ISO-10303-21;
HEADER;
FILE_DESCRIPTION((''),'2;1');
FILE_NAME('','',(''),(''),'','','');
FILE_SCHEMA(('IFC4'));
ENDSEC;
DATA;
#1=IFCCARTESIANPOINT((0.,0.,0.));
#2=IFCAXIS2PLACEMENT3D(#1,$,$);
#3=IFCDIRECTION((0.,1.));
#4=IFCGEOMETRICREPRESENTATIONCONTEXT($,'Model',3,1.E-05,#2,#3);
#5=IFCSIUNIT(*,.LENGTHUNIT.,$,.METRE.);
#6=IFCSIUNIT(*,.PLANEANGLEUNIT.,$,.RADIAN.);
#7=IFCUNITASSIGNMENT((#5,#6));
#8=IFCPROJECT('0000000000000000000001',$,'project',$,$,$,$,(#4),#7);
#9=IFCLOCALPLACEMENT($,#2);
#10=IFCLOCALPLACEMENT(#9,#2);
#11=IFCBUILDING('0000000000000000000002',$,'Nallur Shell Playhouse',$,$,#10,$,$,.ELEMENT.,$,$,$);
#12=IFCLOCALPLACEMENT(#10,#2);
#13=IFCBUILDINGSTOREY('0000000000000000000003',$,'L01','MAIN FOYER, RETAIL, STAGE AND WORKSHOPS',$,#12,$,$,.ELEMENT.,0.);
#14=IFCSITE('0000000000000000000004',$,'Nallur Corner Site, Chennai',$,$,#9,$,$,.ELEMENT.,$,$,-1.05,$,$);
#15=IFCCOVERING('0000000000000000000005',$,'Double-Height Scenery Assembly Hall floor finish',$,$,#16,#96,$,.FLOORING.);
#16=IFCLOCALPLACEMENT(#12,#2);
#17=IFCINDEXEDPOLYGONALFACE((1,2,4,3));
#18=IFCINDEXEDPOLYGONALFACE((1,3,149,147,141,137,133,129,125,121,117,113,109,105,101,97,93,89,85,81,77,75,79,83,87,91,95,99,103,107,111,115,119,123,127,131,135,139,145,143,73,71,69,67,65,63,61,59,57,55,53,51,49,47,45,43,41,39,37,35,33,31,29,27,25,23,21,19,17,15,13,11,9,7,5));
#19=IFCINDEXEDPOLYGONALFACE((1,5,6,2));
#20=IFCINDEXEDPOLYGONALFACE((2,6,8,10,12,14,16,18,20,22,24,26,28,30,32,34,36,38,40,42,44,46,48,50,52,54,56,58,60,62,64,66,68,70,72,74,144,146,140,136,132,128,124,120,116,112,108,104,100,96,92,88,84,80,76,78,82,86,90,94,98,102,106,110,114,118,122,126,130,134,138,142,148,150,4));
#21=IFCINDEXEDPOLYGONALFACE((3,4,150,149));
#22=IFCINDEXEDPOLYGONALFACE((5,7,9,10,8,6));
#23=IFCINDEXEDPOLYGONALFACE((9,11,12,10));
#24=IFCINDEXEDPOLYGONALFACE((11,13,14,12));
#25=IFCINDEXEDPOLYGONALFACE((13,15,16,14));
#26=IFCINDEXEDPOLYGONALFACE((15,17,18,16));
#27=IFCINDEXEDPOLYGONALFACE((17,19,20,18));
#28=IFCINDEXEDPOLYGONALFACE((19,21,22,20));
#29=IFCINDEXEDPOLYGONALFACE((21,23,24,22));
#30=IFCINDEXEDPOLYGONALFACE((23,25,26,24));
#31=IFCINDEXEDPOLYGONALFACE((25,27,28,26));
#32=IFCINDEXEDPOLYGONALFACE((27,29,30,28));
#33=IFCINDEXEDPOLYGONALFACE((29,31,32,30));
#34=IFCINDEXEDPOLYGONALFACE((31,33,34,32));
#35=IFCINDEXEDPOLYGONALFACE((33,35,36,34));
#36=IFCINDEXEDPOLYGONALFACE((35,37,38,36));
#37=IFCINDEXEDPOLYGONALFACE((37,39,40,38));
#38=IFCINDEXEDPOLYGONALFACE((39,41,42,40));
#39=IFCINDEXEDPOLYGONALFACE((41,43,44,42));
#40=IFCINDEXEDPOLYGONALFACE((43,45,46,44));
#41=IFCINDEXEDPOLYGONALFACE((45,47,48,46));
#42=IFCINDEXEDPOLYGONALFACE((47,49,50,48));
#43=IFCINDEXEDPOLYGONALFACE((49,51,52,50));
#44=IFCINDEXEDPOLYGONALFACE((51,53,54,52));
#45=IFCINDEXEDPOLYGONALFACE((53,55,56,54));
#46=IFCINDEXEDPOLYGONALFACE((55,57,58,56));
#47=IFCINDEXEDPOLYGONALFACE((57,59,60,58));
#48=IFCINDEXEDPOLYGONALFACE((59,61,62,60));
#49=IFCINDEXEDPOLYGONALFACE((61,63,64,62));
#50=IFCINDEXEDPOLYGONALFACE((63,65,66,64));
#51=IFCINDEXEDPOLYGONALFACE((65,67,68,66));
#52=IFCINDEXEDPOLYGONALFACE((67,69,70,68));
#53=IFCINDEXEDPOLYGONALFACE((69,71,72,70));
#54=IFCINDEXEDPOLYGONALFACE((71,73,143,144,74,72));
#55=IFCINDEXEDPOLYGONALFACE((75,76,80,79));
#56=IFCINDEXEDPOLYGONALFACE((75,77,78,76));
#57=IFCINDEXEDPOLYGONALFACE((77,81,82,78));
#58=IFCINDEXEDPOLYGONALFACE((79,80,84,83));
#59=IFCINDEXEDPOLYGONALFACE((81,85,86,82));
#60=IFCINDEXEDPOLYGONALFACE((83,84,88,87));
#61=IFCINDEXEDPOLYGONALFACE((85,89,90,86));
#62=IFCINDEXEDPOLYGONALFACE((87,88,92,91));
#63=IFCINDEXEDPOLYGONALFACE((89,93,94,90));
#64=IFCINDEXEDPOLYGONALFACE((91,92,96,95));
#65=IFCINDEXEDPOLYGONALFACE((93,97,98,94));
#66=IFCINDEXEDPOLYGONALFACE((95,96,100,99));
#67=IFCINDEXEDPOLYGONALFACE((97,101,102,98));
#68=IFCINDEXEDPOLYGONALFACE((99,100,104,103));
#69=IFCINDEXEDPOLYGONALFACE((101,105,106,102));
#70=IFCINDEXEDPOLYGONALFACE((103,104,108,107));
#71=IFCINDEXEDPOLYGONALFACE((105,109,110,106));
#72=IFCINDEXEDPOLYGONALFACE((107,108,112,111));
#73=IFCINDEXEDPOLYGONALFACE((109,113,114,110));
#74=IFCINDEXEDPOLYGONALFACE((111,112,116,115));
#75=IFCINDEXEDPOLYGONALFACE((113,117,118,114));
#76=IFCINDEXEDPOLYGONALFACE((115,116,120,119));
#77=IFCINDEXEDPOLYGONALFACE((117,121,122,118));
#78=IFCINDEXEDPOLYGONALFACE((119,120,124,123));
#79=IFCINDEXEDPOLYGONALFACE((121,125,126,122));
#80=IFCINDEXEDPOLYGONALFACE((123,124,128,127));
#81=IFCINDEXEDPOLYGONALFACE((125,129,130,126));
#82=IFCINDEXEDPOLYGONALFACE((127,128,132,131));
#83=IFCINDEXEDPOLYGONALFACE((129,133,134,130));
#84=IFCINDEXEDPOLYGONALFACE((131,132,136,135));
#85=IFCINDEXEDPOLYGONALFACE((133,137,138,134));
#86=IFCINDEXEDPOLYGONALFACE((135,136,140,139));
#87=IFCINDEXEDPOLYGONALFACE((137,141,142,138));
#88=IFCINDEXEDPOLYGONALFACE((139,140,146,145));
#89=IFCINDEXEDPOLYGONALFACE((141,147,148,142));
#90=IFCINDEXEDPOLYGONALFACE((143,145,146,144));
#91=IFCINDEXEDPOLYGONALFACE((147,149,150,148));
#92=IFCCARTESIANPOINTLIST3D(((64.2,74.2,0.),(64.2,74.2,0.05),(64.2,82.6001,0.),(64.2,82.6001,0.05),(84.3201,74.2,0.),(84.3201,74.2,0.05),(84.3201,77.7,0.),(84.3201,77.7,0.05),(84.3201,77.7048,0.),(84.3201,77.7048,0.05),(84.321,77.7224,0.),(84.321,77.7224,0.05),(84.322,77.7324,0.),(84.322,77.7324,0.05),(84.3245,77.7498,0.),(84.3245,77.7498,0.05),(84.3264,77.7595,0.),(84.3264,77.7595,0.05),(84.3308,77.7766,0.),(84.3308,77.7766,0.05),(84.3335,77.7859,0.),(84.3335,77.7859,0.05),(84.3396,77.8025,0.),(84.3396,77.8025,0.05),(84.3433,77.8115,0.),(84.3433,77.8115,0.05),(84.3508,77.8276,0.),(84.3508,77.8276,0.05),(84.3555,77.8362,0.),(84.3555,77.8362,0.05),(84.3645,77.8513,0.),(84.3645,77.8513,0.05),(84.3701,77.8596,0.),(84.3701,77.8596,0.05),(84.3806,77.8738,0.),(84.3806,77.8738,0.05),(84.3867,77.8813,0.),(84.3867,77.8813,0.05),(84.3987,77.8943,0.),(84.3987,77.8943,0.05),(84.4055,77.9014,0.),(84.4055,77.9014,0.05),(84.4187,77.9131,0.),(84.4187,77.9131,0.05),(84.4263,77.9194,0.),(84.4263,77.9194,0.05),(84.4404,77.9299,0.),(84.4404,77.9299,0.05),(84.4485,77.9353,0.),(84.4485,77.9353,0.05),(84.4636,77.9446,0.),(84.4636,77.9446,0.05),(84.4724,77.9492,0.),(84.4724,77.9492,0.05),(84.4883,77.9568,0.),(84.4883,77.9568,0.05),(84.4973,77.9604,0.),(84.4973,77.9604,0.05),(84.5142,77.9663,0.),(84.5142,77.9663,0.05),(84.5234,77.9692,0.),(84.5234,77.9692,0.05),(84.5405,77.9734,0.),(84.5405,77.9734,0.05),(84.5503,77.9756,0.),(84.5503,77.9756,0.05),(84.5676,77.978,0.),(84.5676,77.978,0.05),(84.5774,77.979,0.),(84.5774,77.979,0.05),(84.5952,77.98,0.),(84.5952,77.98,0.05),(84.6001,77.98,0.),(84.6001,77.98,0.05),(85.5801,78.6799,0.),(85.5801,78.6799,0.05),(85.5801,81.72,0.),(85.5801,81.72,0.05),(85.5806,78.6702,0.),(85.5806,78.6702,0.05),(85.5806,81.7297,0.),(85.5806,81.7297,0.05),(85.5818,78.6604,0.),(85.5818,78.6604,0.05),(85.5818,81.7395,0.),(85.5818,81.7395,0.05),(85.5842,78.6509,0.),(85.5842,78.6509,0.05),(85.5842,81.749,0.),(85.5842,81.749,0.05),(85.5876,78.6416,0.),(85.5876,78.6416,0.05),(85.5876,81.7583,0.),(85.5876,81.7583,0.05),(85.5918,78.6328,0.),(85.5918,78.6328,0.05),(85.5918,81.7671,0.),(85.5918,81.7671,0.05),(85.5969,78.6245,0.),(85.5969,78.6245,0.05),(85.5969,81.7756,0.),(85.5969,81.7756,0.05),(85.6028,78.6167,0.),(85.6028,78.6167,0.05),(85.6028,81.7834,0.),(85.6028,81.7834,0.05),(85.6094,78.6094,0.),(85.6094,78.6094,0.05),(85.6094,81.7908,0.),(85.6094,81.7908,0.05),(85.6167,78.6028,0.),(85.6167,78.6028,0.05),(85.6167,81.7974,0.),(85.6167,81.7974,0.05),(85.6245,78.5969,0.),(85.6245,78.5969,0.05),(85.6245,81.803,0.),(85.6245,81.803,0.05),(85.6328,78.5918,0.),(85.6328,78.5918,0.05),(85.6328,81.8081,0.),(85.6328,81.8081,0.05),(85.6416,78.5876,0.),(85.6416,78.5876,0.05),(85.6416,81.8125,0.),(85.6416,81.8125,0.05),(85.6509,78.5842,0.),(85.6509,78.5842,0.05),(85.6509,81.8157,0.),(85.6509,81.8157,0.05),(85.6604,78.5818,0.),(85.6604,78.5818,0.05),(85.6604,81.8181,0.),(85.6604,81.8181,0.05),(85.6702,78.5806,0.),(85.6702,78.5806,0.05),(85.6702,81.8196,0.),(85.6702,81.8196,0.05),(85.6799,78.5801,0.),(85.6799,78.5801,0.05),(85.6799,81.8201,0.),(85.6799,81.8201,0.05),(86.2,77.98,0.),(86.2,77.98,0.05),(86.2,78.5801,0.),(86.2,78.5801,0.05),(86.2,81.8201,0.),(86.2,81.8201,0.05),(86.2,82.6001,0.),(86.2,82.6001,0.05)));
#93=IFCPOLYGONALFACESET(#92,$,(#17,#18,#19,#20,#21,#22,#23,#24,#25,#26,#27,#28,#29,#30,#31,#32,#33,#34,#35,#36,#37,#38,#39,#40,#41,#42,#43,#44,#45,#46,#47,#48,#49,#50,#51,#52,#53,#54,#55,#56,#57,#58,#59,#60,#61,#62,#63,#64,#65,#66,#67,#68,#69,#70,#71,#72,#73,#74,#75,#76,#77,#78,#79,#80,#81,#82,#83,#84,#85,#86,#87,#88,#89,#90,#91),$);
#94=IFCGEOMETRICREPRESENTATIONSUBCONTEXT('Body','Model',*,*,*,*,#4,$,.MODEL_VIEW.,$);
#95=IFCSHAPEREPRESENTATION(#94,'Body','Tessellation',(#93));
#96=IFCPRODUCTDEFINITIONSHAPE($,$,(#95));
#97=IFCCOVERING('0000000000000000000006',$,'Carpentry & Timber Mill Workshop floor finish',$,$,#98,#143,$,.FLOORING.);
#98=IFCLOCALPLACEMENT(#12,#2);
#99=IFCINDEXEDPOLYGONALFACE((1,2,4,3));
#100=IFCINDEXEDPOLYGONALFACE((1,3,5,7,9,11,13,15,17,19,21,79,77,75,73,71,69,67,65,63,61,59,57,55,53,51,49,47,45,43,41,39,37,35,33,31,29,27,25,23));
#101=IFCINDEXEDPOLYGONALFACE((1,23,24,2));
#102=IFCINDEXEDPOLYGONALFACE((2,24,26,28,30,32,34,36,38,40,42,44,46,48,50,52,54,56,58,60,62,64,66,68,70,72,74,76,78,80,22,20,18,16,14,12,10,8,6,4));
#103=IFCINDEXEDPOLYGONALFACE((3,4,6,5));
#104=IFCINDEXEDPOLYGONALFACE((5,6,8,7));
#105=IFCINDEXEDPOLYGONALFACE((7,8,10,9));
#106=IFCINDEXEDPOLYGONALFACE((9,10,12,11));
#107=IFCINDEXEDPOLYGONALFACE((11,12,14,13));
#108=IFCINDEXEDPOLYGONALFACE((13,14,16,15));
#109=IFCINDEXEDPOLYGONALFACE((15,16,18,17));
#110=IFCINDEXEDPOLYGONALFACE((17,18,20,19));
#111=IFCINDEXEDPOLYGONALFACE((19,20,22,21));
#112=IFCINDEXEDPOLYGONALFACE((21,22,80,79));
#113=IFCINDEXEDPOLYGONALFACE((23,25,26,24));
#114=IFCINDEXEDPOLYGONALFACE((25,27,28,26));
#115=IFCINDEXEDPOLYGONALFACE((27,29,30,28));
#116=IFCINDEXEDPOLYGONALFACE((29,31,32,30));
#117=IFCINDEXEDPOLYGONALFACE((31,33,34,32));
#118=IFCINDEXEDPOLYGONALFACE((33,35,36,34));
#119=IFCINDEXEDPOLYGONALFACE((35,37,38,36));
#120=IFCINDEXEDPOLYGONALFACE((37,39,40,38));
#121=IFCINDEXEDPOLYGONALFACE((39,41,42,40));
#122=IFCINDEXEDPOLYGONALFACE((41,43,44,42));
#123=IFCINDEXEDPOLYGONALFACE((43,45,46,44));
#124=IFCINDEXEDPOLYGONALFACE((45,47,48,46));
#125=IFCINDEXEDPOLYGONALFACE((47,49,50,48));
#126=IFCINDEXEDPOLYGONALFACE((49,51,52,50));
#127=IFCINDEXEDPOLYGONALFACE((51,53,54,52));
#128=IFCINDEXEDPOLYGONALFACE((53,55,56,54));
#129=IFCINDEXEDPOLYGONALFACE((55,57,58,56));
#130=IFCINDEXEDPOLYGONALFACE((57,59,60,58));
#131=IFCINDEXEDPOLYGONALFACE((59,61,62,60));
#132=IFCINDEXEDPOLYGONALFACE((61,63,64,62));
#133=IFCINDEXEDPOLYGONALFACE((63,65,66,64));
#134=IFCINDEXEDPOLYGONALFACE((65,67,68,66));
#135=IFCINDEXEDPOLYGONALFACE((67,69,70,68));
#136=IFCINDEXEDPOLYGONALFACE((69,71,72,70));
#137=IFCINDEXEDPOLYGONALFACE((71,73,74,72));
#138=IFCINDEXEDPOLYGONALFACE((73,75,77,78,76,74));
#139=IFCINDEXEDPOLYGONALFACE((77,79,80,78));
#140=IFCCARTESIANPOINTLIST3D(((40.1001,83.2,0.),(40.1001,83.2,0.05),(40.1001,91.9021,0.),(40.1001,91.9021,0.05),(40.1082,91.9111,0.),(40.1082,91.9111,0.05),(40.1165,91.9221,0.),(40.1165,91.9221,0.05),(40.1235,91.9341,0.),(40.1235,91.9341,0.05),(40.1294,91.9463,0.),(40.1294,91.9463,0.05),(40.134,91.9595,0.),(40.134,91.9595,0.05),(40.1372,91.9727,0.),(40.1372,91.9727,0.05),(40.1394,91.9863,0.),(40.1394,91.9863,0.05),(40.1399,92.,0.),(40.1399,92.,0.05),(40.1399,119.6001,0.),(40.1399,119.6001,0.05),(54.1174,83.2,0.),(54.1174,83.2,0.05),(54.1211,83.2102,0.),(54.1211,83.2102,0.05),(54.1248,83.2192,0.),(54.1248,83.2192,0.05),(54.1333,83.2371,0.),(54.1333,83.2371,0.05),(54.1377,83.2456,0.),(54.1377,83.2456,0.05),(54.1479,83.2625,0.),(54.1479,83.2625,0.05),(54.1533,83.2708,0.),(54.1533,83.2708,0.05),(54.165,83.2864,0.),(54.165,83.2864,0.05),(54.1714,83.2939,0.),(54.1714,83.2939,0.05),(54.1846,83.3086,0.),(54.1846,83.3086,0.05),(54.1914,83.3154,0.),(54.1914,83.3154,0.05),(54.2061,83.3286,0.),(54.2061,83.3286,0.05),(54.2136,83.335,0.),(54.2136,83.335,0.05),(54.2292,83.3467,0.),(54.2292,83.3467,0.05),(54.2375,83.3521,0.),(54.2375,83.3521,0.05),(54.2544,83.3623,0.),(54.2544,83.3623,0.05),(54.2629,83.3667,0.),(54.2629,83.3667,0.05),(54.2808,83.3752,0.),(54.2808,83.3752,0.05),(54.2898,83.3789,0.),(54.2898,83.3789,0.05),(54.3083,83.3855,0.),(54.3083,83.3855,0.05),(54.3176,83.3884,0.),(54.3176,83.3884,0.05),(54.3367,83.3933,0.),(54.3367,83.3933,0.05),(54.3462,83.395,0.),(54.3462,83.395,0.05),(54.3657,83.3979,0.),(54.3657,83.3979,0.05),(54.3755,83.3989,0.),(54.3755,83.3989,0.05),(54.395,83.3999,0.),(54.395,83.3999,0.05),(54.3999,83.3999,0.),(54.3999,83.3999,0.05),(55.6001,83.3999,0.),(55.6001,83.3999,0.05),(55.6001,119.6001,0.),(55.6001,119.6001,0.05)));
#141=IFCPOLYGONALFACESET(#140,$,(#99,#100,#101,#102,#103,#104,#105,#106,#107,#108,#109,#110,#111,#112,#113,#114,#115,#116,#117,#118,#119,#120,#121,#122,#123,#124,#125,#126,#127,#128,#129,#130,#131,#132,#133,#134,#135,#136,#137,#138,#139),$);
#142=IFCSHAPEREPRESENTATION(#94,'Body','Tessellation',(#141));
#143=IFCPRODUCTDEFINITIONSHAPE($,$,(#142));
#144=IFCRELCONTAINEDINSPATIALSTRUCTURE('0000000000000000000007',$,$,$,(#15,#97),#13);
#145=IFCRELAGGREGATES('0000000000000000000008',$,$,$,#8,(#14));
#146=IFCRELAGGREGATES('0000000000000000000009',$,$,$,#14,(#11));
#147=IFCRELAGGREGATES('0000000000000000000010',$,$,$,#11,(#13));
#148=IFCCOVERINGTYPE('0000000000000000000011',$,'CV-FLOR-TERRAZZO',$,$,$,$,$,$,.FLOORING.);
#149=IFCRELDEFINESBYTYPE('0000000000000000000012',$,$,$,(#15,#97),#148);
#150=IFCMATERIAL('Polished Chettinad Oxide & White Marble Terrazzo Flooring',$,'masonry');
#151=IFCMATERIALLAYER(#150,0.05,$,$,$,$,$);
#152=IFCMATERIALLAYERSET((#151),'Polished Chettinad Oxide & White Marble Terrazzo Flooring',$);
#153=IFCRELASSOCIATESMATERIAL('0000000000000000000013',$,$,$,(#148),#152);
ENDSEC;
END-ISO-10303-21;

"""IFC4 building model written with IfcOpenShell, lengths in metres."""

from ifc_helpers import new_model, si_unit, direction, origin, place, context, subcontext, project, spatial, polyline, outline, extrude, material, layer, layer_set, type_object, element, save


model = new_model("IFC4")

# Units and contexts
model_context = context("Model", 3, precision=1e-05, world=origin(), true_north=direction((0.0, 1.0)))
body_context = subcontext(model_context, "Body", "Model", "MODEL_VIEW")
ifc_project = project(units=[si_unit("LENGTHUNIT", "METRE"), si_unit("PLANEANGLEUNIT", "RADIAN")], contexts=[model_context])

# Site, building, storey
site_placement = place(None, origin())
site = spatial("IfcSite", under=ifc_project, at=site_placement, Name="Nallur Corner Site, Chennai", CompositionType="ELEMENT", RefElevation=-1.05)
building_placement = place(site_placement, origin())
building = spatial("IfcBuilding", under=site, at=building_placement, Name="Nallur Shell Playhouse", CompositionType="ELEMENT")
storey_placement = place(building_placement, origin())
storey = spatial("IfcBuildingStorey", under=building, at=storey_placement, Name="L01", Description="MAIN FOYER, RETAIL, STAGE AND WORKSHOPS", CompositionType="ELEMENT", Elevation=0.0)

# Coverings
ifc_material_1 = material(Name="Polished Chettinad Oxide & White Marble Terrazzo Flooring", Category="masonry")
ifc_layer_1 = layer(ifc_material_1, 0.05)
ifc_layer_set_1 = layer_set([ifc_layer_1], Name="Polished Chettinad Oxide & White Marble Terrazzo Flooring")
covering_type_1 = type_object("IfcCoveringType", Name="CV-FLOR-TERRAZZO", PredefinedType="FLOORING", material=ifc_layer_set_1)
covering_1_placement = place(storey_placement, origin())
element("IfcCovering", 1, at=covering_1_placement, inside=storey, type_object=covering_type_1, Name="Double-Height Scenery Assembly Hall floor finish", PredefinedType="FLOORING", context=body_context, shape_type="SweptSolid", body=[
    extrude(outline(polyline([(85.6328, 81.8081), (85.6245, 81.803), (85.6167, 81.7974), (85.6094, 81.7908), (85.6028, 81.7834), (85.5969, 81.7756), (85.5918, 81.7671), (85.5876, 81.7583), (85.5842, 81.749), (85.5818, 81.7395), (85.5806, 81.7297), (85.5801, 81.72), (85.5801, 78.6799), (85.5806, 78.6702), (85.5818, 78.6604), (85.5842, 78.6509), (85.5876, 78.6416), (85.5918, 78.6328), (85.5969, 78.6245), (85.6028, 78.6167), (85.6094, 78.6094), (85.6167, 78.6028), (85.6245, 78.5969), (85.6328, 78.5918), (85.6416, 78.5876), (85.6509, 78.5842), (85.6604, 78.5818), (85.6702, 78.5806), (85.6799, 78.5801), (86.2, 78.5801), (86.2, 77.98), (84.6001, 77.98), (84.5952, 77.98), (84.5774, 77.979), (84.5676, 77.978), (84.5503, 77.9756), (84.5405, 77.9734), (84.5234, 77.9692), (84.5142, 77.9663), (84.4973, 77.9604), (84.4883, 77.9568), (84.4724, 77.9492), (84.4636, 77.9446), (84.4485, 77.9353), (84.4404, 77.9299), (84.4263, 77.9194), (84.4187, 77.9131), (84.4055, 77.9014), (84.3987, 77.8943), (84.3867, 77.8813), (84.3806, 77.8738), (84.3701, 77.8596), (84.3645, 77.8513), (84.3555, 77.8362), (84.3508, 77.8276), (84.3433, 77.8115), (84.3396, 77.8025), (84.3335, 77.7859), (84.3308, 77.7766), (84.3264, 77.7595), (84.3245, 77.7498), (84.322, 77.7324), (84.321, 77.7224), (84.3201, 77.7048), (84.3201, 77.7), (84.3201, 74.2), (64.2, 74.2), (64.2, 82.6001), (86.2, 82.6001), (86.2, 81.8201), (85.6799, 81.8201), (85.6702, 81.8196), (85.6604, 81.8181), (85.6509, 81.8157), (85.6416, 81.8125), (85.6328, 81.8081)])), origin(), (0.0, 0.0, 1.0), 0.05),
])
covering_2_placement = place(storey_placement, origin())
element("IfcCovering", 2, at=covering_2_placement, inside=storey, type_object=covering_type_1, Name="Carpentry & Timber Mill Workshop floor finish", PredefinedType="FLOORING", context=body_context, shape_type="SweptSolid", body=[
    extrude(outline(polyline([(54.2898, 83.3789), (54.2808, 83.3752), (54.2629, 83.3667), (54.2544, 83.3623), (54.2375, 83.3521), (54.2292, 83.3467), (54.2136, 83.335), (54.2061, 83.3286), (54.1914, 83.3154), (54.1846, 83.3086), (54.1714, 83.2939), (54.165, 83.2864), (54.1533, 83.2708), (54.1479, 83.2625), (54.1377, 83.2456), (54.1333, 83.2371), (54.1248, 83.2192), (54.1211, 83.2102), (54.1174, 83.2), (40.1001, 83.2), (40.1001, 91.9021), (40.1082, 91.9111), (40.1165, 91.9221), (40.1235, 91.9341), (40.1294, 91.9463), (40.134, 91.9595), (40.1372, 91.9727), (40.1394, 91.9863), (40.1399, 92.0), (40.1399, 119.6001), (55.6001, 119.6001), (55.6001, 83.3999), (54.3999, 83.3999), (54.395, 83.3999), (54.3755, 83.3989), (54.3657, 83.3979), (54.3462, 83.395), (54.3367, 83.3933), (54.3176, 83.3884), (54.3083, 83.3855), (54.2898, 83.3789)])), origin(), (0.0, 0.0, 1.0), 0.05),
])

save(model, "model.ifc")
